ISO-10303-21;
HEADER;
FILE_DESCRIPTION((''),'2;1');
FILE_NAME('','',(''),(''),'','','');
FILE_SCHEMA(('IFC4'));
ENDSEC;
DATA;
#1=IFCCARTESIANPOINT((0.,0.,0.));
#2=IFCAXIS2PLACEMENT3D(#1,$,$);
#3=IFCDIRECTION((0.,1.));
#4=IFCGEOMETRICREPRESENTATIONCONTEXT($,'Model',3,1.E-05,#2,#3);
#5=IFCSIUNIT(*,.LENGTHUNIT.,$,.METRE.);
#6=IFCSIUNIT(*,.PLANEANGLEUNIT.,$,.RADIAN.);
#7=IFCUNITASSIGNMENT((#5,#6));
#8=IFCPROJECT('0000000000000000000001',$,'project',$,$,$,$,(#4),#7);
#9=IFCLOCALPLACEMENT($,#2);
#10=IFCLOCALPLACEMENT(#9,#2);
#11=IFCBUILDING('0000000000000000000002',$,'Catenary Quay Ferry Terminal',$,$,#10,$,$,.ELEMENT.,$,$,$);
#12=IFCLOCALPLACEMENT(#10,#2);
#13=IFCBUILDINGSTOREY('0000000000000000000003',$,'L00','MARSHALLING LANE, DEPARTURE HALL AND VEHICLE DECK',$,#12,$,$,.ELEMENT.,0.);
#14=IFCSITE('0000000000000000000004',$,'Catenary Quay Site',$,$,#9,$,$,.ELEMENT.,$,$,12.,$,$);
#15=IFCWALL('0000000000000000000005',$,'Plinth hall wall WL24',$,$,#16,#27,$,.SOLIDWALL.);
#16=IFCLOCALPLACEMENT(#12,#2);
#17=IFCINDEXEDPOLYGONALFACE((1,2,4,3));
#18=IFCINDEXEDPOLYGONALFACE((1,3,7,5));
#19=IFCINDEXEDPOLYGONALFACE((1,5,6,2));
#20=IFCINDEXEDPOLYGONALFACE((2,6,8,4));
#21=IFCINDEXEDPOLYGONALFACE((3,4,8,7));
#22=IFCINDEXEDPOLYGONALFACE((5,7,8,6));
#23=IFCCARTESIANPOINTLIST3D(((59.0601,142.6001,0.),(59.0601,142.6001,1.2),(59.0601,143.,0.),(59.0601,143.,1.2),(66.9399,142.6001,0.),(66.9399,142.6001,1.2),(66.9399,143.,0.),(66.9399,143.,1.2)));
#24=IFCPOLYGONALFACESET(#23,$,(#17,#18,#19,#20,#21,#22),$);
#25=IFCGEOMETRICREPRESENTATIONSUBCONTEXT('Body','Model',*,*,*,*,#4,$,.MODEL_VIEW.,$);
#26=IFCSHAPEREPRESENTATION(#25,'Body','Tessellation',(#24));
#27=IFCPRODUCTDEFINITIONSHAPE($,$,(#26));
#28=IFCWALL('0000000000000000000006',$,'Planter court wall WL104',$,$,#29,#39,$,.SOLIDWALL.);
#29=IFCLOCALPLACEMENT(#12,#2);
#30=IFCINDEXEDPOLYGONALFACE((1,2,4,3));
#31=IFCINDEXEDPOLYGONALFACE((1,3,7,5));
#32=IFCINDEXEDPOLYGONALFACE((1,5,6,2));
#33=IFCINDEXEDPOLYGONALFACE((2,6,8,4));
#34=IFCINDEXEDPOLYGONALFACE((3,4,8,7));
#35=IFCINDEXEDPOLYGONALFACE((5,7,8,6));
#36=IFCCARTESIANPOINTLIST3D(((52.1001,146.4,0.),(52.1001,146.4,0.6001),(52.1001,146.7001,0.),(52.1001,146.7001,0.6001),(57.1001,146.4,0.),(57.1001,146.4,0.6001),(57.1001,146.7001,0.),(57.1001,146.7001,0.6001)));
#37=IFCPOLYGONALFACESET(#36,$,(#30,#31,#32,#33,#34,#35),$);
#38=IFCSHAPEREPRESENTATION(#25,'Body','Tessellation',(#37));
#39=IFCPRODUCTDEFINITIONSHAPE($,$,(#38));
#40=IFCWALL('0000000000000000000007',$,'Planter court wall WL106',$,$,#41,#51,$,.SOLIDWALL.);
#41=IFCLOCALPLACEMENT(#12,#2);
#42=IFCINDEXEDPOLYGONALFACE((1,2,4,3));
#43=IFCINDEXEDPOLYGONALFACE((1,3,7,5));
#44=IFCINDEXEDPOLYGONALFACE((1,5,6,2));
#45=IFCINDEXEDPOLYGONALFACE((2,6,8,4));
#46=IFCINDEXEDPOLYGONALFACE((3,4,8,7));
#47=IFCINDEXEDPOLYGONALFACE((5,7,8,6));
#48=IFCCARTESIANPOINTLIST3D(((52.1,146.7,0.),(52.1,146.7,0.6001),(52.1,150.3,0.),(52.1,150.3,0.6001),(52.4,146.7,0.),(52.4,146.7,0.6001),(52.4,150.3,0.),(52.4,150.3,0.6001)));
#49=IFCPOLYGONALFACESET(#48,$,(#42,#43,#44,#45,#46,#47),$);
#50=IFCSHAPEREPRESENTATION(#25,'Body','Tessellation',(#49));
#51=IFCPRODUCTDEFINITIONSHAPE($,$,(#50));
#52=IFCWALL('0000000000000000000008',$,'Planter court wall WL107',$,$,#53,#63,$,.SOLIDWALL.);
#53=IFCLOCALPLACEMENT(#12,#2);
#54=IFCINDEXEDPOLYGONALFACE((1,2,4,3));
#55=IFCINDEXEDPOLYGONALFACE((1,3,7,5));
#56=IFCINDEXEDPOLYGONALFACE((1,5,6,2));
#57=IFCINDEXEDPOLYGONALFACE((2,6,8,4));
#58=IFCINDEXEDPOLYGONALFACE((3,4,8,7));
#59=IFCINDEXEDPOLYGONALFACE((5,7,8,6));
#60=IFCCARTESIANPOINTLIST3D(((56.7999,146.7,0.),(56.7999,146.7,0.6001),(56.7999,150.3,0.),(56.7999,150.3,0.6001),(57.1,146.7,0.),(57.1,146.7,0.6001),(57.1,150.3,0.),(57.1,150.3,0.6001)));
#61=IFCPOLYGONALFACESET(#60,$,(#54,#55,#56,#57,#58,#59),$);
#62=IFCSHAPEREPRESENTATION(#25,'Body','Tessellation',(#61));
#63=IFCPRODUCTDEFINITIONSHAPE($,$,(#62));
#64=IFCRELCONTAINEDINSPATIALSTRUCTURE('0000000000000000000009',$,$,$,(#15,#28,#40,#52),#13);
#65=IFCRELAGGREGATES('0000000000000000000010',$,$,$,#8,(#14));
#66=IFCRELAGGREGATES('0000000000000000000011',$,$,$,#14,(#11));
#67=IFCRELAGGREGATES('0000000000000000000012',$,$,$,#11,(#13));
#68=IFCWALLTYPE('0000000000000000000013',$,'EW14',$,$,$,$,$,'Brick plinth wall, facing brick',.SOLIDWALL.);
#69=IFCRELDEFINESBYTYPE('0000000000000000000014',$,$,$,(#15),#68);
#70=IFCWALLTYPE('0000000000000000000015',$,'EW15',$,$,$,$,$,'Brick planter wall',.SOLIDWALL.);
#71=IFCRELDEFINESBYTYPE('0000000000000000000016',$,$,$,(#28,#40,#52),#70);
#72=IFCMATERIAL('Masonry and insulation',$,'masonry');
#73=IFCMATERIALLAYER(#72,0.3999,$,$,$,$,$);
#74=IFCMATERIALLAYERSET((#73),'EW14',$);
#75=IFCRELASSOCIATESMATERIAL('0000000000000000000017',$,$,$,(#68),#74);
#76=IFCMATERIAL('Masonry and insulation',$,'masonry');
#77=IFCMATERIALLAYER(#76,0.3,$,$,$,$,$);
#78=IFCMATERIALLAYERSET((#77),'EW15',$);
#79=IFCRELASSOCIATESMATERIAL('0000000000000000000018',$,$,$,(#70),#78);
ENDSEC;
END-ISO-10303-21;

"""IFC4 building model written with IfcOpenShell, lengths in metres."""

from ifc_helpers import new_model, si_unit, direction, frame, frame_2d, origin, place, context, subcontext, project, spatial, rectangle, extrude, material, layer, layer_set, type_object, element, save


model = new_model("IFC4")

# Units and contexts
model_context = context("Model", 3, precision=1e-05, world=origin(), true_north=direction((0.0, 1.0)))
body_context = subcontext(model_context, "Body", "Model", "MODEL_VIEW")
ifc_project = project(units=[si_unit("LENGTHUNIT", "METRE"), si_unit("PLANEANGLEUNIT", "RADIAN")], contexts=[model_context])

# Site, building, storey
site_placement = place(None, origin())
site = spatial("IfcSite", under=ifc_project, at=site_placement, Name="Catenary Quay Site", CompositionType="ELEMENT", RefElevation=12.0)
building_placement = place(site_placement, origin())
building = spatial("IfcBuilding", under=site, at=building_placement, Name="Catenary Quay Ferry Terminal", CompositionType="ELEMENT")
storey_placement = place(building_placement, origin())
storey = spatial("IfcBuildingStorey", under=building, at=storey_placement, Name="L00", Description="MARSHALLING LANE, DEPARTURE HALL AND VEHICLE DECK", CompositionType="ELEMENT", Elevation=0.0)

# Walls
ifc_material_1 = material(Name="Masonry and insulation", Category="masonry")
ifc_layer_1 = layer(ifc_material_1, 0.3999)
ifc_layer_set_1 = layer_set([ifc_layer_1], Name="EW14")
wall_type_1 = type_object("IfcWallType", Name="EW14", ElementType="Brick plinth wall, facing brick", PredefinedType="SOLIDWALL", material=ifc_layer_set_1)
wall_1_placement = place(storey_placement, frame((59.0601, 142.8, 0.0), z_axis=(0.0, 0.0, 1.0), x_axis=(1.0, 0.0, 0.0)))
element("IfcWall", 1, at=wall_1_placement, inside=storey, type_object=wall_type_1, Name="Plinth hall wall WL24", PredefinedType="SOLIDWALL", context=body_context, shape_type="SweptSolid", body=[
    extrude(rectangle(XDim=7.8799, YDim=0.3999, at=frame_2d((3.9399, 0.0))), origin(), (0.0, 0.0, 1.0), 1.2),
])
ifc_material_2 = material(Name="Masonry and insulation", Category="masonry")
ifc_layer_2 = layer(ifc_material_2, 0.3)
ifc_layer_set_2 = layer_set([ifc_layer_2], Name="EW15")
wall_type_2 = type_object("IfcWallType", Name="EW15", ElementType="Brick planter wall", PredefinedType="SOLIDWALL", material=ifc_layer_set_2)
wall_2_placement = place(storey_placement, frame((52.1001, 146.55, 0.0), z_axis=(0.0, 0.0, 1.0), x_axis=(1.0, 0.0, 0.0)))
element("IfcWall", 2, at=wall_2_placement, inside=storey, type_object=wall_type_2, Name="Planter court wall WL104", PredefinedType="SOLIDWALL", context=body_context, shape_type="SweptSolid", body=[
    extrude(rectangle(XDim=5.0, YDim=0.3, at=frame_2d((2.5, 0.0))), origin(), (0.0, 0.0, 1.0), 0.6001),
])
for number, where, z_axis, x_axis, name in (
    (3, (52.25, 146.7, 0.0), (0.0, 0.0, 1.0), (0.0, 1.0, 0.0), "Planter court wall WL106"),
    (4, (56.95, 146.7, 0.0), (0.0, 0.0, 1.0), (0.0, 1.0, 0.0), "Planter court wall WL107"),
):
    element("IfcWall", number, at=place(storey_placement, frame(where, z_axis=z_axis, x_axis=x_axis)), inside=storey, type_object=wall_type_2, Name=name, PredefinedType="SOLIDWALL", context=body_context, shape_type="SweptSolid", body=[
        extrude(rectangle(XDim=3.6001, YDim=0.3, at=frame_2d((1.8, 0.0))), origin(), (0.0, 0.0, 1.0), 0.6001),
    ])

save(model, "model.ifc")
